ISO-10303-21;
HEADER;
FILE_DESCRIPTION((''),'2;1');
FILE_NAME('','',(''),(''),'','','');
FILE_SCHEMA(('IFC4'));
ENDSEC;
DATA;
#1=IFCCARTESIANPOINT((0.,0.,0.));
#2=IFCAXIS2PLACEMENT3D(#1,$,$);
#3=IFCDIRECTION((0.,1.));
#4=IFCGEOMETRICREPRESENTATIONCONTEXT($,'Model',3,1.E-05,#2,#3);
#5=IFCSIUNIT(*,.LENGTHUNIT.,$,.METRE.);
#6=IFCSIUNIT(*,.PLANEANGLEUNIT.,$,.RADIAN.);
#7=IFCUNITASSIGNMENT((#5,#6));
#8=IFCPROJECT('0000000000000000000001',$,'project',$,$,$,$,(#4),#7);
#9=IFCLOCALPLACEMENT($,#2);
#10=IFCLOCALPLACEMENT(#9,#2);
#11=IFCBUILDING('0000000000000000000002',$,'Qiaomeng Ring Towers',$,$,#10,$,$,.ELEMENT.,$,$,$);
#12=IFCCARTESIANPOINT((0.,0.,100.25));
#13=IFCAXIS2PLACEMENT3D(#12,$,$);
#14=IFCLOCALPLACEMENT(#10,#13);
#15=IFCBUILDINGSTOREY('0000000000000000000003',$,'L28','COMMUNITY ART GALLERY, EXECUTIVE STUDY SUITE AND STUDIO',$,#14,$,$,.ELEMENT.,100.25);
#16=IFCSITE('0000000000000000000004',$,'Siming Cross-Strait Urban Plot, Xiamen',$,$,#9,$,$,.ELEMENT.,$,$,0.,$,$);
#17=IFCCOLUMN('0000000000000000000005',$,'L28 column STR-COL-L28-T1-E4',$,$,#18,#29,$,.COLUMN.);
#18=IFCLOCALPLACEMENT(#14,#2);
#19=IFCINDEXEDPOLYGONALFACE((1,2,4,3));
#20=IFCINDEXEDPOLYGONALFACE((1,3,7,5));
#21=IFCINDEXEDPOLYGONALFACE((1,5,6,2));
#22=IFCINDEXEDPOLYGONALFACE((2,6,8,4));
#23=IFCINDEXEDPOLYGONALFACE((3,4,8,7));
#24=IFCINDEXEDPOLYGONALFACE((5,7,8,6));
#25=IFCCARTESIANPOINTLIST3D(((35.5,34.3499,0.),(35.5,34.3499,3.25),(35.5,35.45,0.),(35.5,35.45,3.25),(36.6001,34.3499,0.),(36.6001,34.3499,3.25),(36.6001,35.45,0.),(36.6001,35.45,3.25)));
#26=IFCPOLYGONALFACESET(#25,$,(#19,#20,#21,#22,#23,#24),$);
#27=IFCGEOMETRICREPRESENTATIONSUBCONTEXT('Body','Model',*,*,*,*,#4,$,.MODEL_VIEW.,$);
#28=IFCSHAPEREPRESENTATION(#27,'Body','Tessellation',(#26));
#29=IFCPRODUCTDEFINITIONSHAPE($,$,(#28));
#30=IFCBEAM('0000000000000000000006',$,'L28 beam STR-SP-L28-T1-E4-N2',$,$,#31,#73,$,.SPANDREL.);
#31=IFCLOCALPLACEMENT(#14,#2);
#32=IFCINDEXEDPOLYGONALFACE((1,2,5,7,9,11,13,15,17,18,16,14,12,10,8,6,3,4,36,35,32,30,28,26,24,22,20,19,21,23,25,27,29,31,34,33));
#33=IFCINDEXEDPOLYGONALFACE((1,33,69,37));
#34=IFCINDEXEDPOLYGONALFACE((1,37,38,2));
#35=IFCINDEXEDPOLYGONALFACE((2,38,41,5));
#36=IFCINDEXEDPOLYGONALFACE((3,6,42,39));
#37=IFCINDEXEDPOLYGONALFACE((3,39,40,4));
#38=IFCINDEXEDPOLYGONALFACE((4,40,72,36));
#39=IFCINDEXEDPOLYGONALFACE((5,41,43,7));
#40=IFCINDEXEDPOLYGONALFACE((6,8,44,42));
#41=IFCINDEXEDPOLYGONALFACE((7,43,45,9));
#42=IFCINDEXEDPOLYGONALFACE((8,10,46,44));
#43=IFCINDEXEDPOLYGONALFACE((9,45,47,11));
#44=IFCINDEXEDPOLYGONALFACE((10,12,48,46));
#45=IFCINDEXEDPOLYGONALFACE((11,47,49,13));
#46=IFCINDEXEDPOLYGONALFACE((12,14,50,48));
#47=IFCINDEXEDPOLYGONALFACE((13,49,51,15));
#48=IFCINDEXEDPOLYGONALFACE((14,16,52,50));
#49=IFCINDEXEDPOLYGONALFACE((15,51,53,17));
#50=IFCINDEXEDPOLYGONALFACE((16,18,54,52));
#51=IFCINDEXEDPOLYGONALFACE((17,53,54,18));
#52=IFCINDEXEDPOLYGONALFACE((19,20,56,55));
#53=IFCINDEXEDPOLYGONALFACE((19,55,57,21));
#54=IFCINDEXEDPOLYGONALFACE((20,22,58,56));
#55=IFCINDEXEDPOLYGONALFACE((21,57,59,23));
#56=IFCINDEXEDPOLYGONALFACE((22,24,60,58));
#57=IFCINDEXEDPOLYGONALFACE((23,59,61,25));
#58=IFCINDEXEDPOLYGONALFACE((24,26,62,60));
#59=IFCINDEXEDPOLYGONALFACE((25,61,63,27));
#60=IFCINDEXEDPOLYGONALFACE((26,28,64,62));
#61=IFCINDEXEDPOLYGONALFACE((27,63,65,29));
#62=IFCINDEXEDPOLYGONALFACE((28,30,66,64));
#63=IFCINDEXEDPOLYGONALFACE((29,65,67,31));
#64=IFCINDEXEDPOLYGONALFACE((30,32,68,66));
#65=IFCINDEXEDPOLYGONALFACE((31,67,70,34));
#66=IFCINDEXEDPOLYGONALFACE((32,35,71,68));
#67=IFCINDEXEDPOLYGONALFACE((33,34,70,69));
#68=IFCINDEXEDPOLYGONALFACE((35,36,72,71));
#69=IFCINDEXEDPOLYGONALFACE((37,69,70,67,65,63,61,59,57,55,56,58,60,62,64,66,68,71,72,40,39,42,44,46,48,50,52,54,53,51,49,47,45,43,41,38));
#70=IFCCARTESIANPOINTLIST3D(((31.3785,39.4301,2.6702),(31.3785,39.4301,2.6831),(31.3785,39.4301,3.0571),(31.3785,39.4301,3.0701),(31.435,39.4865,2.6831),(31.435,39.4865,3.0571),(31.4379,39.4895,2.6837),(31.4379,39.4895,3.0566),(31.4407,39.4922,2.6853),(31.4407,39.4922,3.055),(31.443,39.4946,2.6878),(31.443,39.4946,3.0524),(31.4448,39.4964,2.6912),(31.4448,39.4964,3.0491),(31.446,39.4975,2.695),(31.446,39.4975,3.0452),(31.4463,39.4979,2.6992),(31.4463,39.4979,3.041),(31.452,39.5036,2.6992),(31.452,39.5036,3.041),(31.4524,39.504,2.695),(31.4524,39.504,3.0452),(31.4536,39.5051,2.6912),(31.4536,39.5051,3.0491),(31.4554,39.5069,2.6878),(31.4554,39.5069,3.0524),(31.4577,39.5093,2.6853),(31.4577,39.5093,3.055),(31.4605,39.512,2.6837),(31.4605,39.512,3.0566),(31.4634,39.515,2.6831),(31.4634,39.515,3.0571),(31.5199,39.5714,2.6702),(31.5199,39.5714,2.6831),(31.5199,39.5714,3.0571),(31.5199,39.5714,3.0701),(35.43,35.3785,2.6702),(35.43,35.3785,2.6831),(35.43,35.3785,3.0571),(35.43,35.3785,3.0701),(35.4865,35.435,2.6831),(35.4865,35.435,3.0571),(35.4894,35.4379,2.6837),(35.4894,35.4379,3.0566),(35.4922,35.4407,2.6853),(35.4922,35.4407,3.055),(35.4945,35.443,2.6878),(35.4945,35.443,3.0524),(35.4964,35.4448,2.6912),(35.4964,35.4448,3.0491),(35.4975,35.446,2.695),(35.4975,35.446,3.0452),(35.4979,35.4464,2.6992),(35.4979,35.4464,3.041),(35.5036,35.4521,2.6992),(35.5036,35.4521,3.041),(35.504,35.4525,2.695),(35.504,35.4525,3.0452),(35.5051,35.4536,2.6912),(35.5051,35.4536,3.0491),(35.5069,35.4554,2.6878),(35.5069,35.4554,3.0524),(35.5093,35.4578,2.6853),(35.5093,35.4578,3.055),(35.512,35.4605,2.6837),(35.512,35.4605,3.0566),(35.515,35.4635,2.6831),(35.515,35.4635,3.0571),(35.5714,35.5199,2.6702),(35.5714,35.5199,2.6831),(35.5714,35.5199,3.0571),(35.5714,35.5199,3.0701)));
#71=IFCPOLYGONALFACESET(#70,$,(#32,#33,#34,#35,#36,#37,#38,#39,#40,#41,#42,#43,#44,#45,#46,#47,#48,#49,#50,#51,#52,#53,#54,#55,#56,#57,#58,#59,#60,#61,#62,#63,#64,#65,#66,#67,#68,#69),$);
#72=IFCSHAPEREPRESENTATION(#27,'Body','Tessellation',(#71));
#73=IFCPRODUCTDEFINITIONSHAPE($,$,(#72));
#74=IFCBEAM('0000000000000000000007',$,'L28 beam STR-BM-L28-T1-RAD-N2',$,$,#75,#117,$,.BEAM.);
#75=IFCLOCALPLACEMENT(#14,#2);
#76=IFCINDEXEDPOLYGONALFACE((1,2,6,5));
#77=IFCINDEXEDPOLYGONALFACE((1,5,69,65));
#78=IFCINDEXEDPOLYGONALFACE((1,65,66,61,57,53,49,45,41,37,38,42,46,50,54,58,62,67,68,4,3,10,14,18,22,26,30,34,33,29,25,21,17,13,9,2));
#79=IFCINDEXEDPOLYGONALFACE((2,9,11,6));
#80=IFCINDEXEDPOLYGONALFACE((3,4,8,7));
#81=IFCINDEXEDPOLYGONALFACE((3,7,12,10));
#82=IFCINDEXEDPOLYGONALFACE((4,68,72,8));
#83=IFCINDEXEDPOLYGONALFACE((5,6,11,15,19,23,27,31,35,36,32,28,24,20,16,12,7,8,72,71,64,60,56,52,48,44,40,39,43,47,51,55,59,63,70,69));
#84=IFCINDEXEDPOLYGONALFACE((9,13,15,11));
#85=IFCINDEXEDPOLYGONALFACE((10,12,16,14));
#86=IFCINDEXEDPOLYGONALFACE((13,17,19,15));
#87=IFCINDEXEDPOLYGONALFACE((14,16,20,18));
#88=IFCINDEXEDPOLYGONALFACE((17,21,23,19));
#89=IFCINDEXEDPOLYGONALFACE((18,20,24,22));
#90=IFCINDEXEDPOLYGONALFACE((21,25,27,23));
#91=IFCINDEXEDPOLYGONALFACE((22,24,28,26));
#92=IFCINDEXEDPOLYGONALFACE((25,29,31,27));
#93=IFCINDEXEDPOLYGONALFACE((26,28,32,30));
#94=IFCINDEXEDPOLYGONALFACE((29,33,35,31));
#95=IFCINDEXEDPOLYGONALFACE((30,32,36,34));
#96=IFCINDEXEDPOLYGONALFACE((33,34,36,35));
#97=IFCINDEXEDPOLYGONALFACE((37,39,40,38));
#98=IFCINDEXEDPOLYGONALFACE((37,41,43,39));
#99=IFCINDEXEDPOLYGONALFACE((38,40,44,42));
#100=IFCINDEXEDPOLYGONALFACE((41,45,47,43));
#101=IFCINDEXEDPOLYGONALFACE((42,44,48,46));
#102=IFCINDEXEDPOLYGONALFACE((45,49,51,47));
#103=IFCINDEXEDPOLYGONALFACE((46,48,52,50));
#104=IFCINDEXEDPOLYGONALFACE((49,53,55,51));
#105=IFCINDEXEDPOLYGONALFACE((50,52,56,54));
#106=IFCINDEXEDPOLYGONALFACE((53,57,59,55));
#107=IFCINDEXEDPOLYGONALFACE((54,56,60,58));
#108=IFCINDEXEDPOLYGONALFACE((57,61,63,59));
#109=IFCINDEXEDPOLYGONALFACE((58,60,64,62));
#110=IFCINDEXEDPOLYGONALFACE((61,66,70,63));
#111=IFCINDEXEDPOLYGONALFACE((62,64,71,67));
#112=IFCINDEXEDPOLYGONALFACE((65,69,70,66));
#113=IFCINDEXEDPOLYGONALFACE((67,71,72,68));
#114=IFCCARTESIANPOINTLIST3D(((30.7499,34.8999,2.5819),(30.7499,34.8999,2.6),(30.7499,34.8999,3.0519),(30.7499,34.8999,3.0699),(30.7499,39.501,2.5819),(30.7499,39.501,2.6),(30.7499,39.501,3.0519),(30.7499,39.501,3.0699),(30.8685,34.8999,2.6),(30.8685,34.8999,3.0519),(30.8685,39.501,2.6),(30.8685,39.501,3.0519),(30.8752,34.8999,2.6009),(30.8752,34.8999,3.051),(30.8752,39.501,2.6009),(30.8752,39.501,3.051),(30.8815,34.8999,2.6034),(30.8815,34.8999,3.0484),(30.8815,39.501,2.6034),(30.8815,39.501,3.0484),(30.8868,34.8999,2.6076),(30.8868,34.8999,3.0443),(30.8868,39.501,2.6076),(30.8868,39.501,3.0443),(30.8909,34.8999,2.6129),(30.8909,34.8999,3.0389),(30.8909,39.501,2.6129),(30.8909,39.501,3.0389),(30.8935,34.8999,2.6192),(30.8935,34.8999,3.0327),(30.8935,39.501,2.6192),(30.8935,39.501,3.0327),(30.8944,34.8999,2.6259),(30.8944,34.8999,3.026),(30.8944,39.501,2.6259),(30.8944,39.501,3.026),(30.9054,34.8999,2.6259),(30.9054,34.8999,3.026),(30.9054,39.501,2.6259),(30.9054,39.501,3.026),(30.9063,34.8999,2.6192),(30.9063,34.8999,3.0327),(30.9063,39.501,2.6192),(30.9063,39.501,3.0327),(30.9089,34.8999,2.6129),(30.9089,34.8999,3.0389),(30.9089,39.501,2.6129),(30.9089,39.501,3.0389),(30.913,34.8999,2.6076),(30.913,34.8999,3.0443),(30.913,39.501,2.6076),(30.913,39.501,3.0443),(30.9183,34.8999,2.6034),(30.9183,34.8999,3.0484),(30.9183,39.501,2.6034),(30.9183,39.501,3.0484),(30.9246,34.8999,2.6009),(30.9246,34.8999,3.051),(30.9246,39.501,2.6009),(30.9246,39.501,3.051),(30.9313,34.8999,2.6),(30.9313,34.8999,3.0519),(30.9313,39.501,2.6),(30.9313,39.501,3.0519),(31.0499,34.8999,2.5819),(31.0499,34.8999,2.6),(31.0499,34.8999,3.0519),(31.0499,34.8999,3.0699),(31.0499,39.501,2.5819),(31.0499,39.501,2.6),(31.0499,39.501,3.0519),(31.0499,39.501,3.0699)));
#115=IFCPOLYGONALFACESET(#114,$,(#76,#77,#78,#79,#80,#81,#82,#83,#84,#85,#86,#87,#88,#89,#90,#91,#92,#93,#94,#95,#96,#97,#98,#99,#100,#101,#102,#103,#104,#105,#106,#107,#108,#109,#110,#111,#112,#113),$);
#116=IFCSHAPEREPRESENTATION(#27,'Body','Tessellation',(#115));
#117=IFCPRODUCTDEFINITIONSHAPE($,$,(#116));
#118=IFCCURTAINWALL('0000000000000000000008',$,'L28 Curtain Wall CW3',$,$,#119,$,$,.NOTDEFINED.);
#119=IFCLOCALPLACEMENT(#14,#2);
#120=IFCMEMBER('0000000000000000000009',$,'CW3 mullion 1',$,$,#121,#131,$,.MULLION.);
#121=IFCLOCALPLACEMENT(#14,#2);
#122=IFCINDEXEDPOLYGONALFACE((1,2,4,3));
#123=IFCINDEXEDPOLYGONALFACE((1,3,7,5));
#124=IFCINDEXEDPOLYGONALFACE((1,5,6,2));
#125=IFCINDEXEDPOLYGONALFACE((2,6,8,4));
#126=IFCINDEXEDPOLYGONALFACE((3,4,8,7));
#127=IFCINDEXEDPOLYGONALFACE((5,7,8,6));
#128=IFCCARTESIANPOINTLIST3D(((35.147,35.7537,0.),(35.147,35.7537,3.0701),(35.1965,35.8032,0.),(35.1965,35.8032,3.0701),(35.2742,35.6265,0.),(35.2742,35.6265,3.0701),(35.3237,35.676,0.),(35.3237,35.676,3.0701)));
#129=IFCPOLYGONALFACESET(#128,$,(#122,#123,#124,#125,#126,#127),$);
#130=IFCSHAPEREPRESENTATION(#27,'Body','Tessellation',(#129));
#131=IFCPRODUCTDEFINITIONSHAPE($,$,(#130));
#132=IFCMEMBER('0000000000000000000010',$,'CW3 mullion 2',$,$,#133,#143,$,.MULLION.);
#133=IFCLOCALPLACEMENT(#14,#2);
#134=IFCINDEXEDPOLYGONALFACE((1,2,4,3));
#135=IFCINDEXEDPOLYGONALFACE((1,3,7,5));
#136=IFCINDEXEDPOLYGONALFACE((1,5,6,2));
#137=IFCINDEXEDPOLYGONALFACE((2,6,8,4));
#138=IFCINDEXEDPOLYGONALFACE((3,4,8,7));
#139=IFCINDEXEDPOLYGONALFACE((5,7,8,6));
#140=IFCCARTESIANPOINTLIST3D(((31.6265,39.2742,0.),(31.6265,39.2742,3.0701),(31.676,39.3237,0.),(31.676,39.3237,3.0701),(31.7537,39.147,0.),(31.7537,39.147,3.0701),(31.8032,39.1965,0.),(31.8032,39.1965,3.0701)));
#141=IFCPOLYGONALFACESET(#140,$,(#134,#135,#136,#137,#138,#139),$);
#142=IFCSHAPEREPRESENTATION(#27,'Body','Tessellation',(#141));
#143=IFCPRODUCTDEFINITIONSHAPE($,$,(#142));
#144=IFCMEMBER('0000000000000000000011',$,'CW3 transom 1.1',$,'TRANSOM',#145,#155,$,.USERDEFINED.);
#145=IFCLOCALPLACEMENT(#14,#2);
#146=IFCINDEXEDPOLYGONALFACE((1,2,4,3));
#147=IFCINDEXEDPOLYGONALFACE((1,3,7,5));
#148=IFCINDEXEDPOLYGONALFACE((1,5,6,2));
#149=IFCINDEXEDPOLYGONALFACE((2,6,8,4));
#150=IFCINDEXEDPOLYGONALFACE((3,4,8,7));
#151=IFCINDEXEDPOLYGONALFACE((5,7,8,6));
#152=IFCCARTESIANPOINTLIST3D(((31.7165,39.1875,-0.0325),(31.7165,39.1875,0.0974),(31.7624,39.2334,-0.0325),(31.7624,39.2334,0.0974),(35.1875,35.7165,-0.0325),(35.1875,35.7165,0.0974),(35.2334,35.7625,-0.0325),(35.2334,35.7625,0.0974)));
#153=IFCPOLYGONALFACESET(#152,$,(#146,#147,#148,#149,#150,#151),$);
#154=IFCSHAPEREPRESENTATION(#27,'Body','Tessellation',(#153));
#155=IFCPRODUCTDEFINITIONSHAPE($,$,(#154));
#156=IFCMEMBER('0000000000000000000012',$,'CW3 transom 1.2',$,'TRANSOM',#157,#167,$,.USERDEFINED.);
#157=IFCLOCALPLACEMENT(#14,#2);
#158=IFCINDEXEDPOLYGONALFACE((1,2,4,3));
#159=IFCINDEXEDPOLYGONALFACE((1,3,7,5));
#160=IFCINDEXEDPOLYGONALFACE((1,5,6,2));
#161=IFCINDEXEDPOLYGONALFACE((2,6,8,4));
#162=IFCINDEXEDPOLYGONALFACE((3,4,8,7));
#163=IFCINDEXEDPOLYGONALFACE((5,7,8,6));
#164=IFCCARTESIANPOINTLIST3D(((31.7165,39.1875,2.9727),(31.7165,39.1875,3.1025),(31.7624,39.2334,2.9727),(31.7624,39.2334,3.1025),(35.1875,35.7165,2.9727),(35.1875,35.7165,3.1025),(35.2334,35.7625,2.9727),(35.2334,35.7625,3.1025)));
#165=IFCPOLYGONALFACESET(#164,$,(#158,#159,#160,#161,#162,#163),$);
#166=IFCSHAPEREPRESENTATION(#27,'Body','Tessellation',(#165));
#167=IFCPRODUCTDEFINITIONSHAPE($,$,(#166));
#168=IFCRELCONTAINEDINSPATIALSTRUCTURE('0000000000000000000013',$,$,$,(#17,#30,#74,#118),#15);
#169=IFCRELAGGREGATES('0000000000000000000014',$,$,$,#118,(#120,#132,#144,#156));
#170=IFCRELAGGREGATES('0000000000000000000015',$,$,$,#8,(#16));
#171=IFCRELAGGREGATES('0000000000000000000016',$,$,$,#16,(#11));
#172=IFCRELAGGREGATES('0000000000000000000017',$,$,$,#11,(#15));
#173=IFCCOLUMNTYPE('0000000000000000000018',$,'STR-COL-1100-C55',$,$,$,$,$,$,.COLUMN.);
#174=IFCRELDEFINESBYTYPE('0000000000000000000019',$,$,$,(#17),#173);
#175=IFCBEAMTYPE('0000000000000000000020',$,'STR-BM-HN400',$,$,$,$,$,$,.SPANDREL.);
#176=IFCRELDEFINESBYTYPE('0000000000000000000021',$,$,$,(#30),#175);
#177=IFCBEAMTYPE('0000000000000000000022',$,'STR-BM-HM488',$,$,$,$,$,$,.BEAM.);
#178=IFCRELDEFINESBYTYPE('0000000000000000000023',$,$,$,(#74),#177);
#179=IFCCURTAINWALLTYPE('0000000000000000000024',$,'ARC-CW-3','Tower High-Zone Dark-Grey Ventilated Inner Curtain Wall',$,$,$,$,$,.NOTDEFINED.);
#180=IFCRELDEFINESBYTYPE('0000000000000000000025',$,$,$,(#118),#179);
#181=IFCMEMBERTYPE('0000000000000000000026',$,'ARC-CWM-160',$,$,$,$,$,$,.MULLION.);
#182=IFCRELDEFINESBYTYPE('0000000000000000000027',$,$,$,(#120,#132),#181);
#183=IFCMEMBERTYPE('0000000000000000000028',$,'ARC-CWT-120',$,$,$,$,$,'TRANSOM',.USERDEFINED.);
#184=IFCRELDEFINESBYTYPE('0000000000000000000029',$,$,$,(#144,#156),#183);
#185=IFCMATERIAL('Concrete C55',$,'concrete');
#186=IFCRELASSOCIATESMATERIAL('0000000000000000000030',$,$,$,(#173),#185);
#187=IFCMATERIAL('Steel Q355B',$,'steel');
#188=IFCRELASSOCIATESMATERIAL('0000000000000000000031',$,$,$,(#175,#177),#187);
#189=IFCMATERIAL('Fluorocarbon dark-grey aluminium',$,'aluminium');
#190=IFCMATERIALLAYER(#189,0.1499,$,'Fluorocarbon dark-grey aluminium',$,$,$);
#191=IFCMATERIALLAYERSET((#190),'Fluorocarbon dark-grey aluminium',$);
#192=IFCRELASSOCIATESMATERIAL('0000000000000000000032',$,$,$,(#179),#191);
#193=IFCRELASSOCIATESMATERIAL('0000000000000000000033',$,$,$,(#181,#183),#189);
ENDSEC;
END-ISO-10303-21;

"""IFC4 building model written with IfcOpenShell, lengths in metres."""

from ifc_helpers import new_model, si_unit, direction, frame, origin, origin_2d, place, context, subcontext, project, spatial, rectangle, i_section, extrude, source, transform, mapped, material, layer, layer_set, material_profile, profile_set, type_object, element, aggregate, save


model = new_model("IFC4")

# Units and contexts
model_context = context("Model", 3, precision=1e-05, world=origin(), true_north=direction((0.0, 1.0)))
body_context = subcontext(model_context, "Body", "Model", "MODEL_VIEW")
ifc_project = project(units=[si_unit("LENGTHUNIT", "METRE"), si_unit("PLANEANGLEUNIT", "RADIAN")], contexts=[model_context])

# Site, building, storey
site_placement = place(None, origin())
site = spatial("IfcSite", under=ifc_project, at=site_placement, Name="Siming Cross-Strait Urban Plot, Xiamen", CompositionType="ELEMENT", RefElevation=0.0)
building_placement = place(site_placement, origin())
building = spatial("IfcBuilding", under=site, at=building_placement, Name="Qiaomeng Ring Towers", CompositionType="ELEMENT")
storey_placement = place(building_placement, frame((0.0, 0.0, 100.25)))
storey = spatial("IfcBuildingStorey", under=building, at=storey_placement, Name="L28", Description="COMMUNITY ART GALLERY, EXECUTIVE STUDY SUITE AND STUDIO", CompositionType="ELEMENT", Elevation=100.25)

# Column
ifc_material_1 = material(Name="Concrete C55", Category="concrete")
ifc_material_profile_1 = material_profile(ifc_material_1, rectangle(XDim=1.1001, YDim=1.1001, at=origin_2d()), Name="RC COL 1100x1100")
ifc_profile_set_1 = profile_set([ifc_material_profile_1], Name="Concrete C55")
column_type = type_object("IfcColumnType", Name="STR-COL-1100-C55", PredefinedType="COLUMN", material=ifc_profile_set_1)
shared_shape_1 = source(origin(), body_context, "Body", "SweptSolid", [
    extrude(rectangle(XDim=1.1001, YDim=1.1001, at=origin_2d()), origin(), (0.0, 0.0, 1.0), 3.25),
])
column_placement = place(storey_placement, frame((36.05, 34.8999, 0.0), z_axis=(0.0, 0.0, 1.0), x_axis=(1.0, 0.0, 0.0)))
element("IfcColumn", 1, at=column_placement, inside=storey, type_object=column_type, Name="L28 column STR-COL-L28-T1-E4", PredefinedType="COLUMN", context=body_context, shape_type="MappedRepresentation", body=[
    mapped(shared_shape_1, transform((0.0, 0.0, 0.0), x_axis=(1.0, 0.0, 0.0), y_axis=(0.0, 1.0, 0.0), z_axis=(0.0, 0.0, 1.0), scale=1.0)),
])

# Beams
ifc_material_2 = material(Name="Steel Q355B", Category="steel")
ifc_material_profile_2 = material_profile(ifc_material_2, i_section(OverallWidth=0.2, OverallDepth=0.3999, WebThickness=0.0081, FlangeThickness=0.0129, FilletRadius=0.0161, at=origin_2d()), Name="HN 400x200x8x13")
ifc_profile_set_2 = profile_set([ifc_material_profile_2], Name="Steel Q355B")
beam_type_1 = type_object("IfcBeamType", Name="STR-BM-HN400", PredefinedType="SPANDREL", material=ifc_profile_set_2)
shared_shape_2 = source(origin(), body_context, "Body", "SweptSolid", [
    extrude(i_section(OverallWidth=0.2, OverallDepth=0.3999, WebThickness=0.0081, FlangeThickness=0.0129, FilletRadius=0.0161, at=origin_2d()), origin(), (0.0, 0.0, 1.0), 5.7297),
])
beam_1_placement = place(storey_placement, frame((35.5007, 35.4492, 2.8701), z_axis=(-0.707107, 0.707107, 0.0), x_axis=(-0.707107, -0.707107, 0.0)))
element("IfcBeam", 2, at=beam_1_placement, inside=storey, type_object=beam_type_1, Name="L28 beam STR-SP-L28-T1-E4-N2", PredefinedType="SPANDREL", context=body_context, shape_type="MappedRepresentation", body=[
    mapped(shared_shape_2, transform((0.0, 0.0, 0.0), x_axis=(1.0, 0.0, 0.0), y_axis=(0.0, 1.0, 0.0), z_axis=(0.0, 0.0, 1.0), scale=1.0)),
])
ifc_material_profile_3 = material_profile(ifc_material_2, i_section(OverallWidth=0.3, OverallDepth=0.488, WebThickness=0.011, FlangeThickness=0.0181, FilletRadius=0.0259, at=origin_2d()), Name="HM 488x300x11x18")
ifc_profile_set_3 = profile_set([ifc_material_profile_3], Name="Steel Q355B")
beam_type_2 = type_object("IfcBeamType", Name="STR-BM-HM488", PredefinedType="BEAM", material=ifc_profile_set_3)
shared_shape_3 = source(origin(), body_context, "Body", "SweptSolid", [
    extrude(i_section(OverallWidth=0.3, OverallDepth=0.488, WebThickness=0.011, FlangeThickness=0.0181, FilletRadius=0.0259, at=origin_2d()), origin(), (0.0, 0.0, 1.0), 4.6011),
])
beam_2_placement = place(storey_placement, frame((30.8999, 39.501, 2.8259), z_axis=(0.0, -1.0, 0.0), x_axis=(1.0, 0.0, 0.0)))
element("IfcBeam", 3, at=beam_2_placement, inside=storey, type_object=beam_type_2, Name="L28 beam STR-BM-L28-T1-RAD-N2", PredefinedType="BEAM", context=body_context, shape_type="MappedRepresentation", body=[
    mapped(shared_shape_3, transform((0.0, 0.0, 0.0), x_axis=(1.0, 0.0, 0.0), y_axis=(0.0, 1.0, 0.0), z_axis=(0.0, 0.0, 1.0), scale=1.0)),
])

# Curtain wall, members
ifc_material_3 = material(Name="Fluorocarbon dark-grey aluminium", Category="aluminium")
ifc_layer_1 = layer(ifc_material_3, 0.1499, Name="Fluorocarbon dark-grey aluminium")
ifc_layer_set_1 = layer_set([ifc_layer_1], Name="Fluorocarbon dark-grey aluminium")
curtain_wall_type = type_object("IfcCurtainWallType", Name="ARC-CW-3", Description="Tower High-Zone Dark-Grey Ventilated Inner Curtain Wall", PredefinedType="NOTDEFINED", material=ifc_layer_set_1)
curtain_wall_placement = place(storey_placement, origin())
curtain_wall = element("IfcCurtainWall", 4, at=curtain_wall_placement, inside=storey, type_object=curtain_wall_type, Name="L28 Curtain Wall CW3", PredefinedType="NOTDEFINED")
ifc_material_profile_4 = material_profile(ifc_material_3, rectangle(XDim=0.0701, YDim=0.1799, at=origin_2d()), Name="ALU MULL 70x180")
ifc_profile_set_4 = profile_set([ifc_material_profile_4], Name="Fluorocarbon dark-grey aluminium")
member_type_1 = type_object("IfcMemberType", Name="ARC-CWM-160", PredefinedType="MULLION", material=ifc_profile_set_4)
shared_shape_4 = source(origin(), body_context, "Body", "SweptSolid", [
    extrude(rectangle(XDim=0.0701, YDim=0.1799, at=origin_2d()), origin(), (0.0, 0.0, 1.0), 3.0701),
])
member_1_placement = place(storey_placement, frame((35.2354, 35.7148, 0.0), z_axis=(0.0, 0.0, 1.0), x_axis=(-0.707107, -0.707107, 0.0)))
member_1 = element("IfcMember", 5, at=member_1_placement, type_object=member_type_1, Name="CW3 mullion 1", PredefinedType="MULLION", context=body_context, shape_type="MappedRepresentation", body=[
    mapped(shared_shape_4, transform((0.0, 0.0, 0.0), x_axis=(1.0, 0.0, 0.0), y_axis=(0.0, 1.0, 0.0), z_axis=(0.0, 0.0, 1.0), scale=1.0)),
])
member_2_placement = place(storey_placement, frame((31.7148, 39.2354, 0.0), z_axis=(0.0, 0.0, 1.0), x_axis=(-0.707107, -0.707107, 0.0)))
member_2 = element("IfcMember", 6, at=member_2_placement, type_object=member_type_1, Name="CW3 mullion 2", PredefinedType="MULLION", context=body_context, shape_type="MappedRepresentation", body=[
    mapped(shared_shape_4, transform((0.0, 0.0, 0.0), x_axis=(1.0, 0.0, 0.0), y_axis=(0.0, 1.0, 0.0), z_axis=(0.0, 0.0, 1.0), scale=1.0)),
])
ifc_material_profile_5 = material_profile(ifc_material_3, rectangle(XDim=0.0649, YDim=0.1299, at=origin_2d()), Name="ALU TRAN 65x130")
ifc_profile_set_5 = profile_set([ifc_material_profile_5], Name="Fluorocarbon dark-grey aluminium")
member_type_2 = type_object("IfcMemberType", Name="ARC-CWT-120", ElementType="TRANSOM", PredefinedType="USERDEFINED", material=ifc_profile_set_5)
shared_shape_5 = source(origin(), body_context, "Body", "SweptSolid", [
    extrude(rectangle(XDim=0.0649, YDim=0.1299, at=origin_2d()), origin(), (0.0, 0.0, 1.0), 4.9087),
])
member_3_placement = place(storey_placement, frame((35.2104, 35.7395, 0.0325), z_axis=(-0.707107, 0.707107, 0.0), x_axis=(-0.707107, -0.707107, 0.0)))
member_3 = element("IfcMember", 7, at=member_3_placement, type_object=member_type_2, Name="CW3 transom 1.1", ObjectType="TRANSOM", PredefinedType="USERDEFINED", context=body_context, shape_type="MappedRepresentation", body=[
    mapped(shared_shape_5, transform((0.0, 0.0, 0.0), x_axis=(1.0, 0.0, 0.0), y_axis=(0.0, 1.0, 0.0), z_axis=(0.0, 0.0, 1.0), scale=1.0)),
])
member_4_placement = place(storey_placement, frame((35.2104, 35.7395, 3.0376), z_axis=(-0.707107, 0.707107, 0.0), x_axis=(-0.707107, -0.707107, 0.0)))
member_4 = element("IfcMember", 8, at=member_4_placement, type_object=member_type_2, Name="CW3 transom 1.2", ObjectType="TRANSOM", PredefinedType="USERDEFINED", context=body_context, shape_type="MappedRepresentation", body=[
    mapped(shared_shape_5, transform((0.0, 0.0, 0.0), x_axis=(1.0, 0.0, 0.0), y_axis=(0.0, 1.0, 0.0), z_axis=(0.0, 0.0, 1.0), scale=1.0)),
])
aggregate(curtain_wall, [member_1, member_2, member_3, member_4])

save(model, "model.ifc")
